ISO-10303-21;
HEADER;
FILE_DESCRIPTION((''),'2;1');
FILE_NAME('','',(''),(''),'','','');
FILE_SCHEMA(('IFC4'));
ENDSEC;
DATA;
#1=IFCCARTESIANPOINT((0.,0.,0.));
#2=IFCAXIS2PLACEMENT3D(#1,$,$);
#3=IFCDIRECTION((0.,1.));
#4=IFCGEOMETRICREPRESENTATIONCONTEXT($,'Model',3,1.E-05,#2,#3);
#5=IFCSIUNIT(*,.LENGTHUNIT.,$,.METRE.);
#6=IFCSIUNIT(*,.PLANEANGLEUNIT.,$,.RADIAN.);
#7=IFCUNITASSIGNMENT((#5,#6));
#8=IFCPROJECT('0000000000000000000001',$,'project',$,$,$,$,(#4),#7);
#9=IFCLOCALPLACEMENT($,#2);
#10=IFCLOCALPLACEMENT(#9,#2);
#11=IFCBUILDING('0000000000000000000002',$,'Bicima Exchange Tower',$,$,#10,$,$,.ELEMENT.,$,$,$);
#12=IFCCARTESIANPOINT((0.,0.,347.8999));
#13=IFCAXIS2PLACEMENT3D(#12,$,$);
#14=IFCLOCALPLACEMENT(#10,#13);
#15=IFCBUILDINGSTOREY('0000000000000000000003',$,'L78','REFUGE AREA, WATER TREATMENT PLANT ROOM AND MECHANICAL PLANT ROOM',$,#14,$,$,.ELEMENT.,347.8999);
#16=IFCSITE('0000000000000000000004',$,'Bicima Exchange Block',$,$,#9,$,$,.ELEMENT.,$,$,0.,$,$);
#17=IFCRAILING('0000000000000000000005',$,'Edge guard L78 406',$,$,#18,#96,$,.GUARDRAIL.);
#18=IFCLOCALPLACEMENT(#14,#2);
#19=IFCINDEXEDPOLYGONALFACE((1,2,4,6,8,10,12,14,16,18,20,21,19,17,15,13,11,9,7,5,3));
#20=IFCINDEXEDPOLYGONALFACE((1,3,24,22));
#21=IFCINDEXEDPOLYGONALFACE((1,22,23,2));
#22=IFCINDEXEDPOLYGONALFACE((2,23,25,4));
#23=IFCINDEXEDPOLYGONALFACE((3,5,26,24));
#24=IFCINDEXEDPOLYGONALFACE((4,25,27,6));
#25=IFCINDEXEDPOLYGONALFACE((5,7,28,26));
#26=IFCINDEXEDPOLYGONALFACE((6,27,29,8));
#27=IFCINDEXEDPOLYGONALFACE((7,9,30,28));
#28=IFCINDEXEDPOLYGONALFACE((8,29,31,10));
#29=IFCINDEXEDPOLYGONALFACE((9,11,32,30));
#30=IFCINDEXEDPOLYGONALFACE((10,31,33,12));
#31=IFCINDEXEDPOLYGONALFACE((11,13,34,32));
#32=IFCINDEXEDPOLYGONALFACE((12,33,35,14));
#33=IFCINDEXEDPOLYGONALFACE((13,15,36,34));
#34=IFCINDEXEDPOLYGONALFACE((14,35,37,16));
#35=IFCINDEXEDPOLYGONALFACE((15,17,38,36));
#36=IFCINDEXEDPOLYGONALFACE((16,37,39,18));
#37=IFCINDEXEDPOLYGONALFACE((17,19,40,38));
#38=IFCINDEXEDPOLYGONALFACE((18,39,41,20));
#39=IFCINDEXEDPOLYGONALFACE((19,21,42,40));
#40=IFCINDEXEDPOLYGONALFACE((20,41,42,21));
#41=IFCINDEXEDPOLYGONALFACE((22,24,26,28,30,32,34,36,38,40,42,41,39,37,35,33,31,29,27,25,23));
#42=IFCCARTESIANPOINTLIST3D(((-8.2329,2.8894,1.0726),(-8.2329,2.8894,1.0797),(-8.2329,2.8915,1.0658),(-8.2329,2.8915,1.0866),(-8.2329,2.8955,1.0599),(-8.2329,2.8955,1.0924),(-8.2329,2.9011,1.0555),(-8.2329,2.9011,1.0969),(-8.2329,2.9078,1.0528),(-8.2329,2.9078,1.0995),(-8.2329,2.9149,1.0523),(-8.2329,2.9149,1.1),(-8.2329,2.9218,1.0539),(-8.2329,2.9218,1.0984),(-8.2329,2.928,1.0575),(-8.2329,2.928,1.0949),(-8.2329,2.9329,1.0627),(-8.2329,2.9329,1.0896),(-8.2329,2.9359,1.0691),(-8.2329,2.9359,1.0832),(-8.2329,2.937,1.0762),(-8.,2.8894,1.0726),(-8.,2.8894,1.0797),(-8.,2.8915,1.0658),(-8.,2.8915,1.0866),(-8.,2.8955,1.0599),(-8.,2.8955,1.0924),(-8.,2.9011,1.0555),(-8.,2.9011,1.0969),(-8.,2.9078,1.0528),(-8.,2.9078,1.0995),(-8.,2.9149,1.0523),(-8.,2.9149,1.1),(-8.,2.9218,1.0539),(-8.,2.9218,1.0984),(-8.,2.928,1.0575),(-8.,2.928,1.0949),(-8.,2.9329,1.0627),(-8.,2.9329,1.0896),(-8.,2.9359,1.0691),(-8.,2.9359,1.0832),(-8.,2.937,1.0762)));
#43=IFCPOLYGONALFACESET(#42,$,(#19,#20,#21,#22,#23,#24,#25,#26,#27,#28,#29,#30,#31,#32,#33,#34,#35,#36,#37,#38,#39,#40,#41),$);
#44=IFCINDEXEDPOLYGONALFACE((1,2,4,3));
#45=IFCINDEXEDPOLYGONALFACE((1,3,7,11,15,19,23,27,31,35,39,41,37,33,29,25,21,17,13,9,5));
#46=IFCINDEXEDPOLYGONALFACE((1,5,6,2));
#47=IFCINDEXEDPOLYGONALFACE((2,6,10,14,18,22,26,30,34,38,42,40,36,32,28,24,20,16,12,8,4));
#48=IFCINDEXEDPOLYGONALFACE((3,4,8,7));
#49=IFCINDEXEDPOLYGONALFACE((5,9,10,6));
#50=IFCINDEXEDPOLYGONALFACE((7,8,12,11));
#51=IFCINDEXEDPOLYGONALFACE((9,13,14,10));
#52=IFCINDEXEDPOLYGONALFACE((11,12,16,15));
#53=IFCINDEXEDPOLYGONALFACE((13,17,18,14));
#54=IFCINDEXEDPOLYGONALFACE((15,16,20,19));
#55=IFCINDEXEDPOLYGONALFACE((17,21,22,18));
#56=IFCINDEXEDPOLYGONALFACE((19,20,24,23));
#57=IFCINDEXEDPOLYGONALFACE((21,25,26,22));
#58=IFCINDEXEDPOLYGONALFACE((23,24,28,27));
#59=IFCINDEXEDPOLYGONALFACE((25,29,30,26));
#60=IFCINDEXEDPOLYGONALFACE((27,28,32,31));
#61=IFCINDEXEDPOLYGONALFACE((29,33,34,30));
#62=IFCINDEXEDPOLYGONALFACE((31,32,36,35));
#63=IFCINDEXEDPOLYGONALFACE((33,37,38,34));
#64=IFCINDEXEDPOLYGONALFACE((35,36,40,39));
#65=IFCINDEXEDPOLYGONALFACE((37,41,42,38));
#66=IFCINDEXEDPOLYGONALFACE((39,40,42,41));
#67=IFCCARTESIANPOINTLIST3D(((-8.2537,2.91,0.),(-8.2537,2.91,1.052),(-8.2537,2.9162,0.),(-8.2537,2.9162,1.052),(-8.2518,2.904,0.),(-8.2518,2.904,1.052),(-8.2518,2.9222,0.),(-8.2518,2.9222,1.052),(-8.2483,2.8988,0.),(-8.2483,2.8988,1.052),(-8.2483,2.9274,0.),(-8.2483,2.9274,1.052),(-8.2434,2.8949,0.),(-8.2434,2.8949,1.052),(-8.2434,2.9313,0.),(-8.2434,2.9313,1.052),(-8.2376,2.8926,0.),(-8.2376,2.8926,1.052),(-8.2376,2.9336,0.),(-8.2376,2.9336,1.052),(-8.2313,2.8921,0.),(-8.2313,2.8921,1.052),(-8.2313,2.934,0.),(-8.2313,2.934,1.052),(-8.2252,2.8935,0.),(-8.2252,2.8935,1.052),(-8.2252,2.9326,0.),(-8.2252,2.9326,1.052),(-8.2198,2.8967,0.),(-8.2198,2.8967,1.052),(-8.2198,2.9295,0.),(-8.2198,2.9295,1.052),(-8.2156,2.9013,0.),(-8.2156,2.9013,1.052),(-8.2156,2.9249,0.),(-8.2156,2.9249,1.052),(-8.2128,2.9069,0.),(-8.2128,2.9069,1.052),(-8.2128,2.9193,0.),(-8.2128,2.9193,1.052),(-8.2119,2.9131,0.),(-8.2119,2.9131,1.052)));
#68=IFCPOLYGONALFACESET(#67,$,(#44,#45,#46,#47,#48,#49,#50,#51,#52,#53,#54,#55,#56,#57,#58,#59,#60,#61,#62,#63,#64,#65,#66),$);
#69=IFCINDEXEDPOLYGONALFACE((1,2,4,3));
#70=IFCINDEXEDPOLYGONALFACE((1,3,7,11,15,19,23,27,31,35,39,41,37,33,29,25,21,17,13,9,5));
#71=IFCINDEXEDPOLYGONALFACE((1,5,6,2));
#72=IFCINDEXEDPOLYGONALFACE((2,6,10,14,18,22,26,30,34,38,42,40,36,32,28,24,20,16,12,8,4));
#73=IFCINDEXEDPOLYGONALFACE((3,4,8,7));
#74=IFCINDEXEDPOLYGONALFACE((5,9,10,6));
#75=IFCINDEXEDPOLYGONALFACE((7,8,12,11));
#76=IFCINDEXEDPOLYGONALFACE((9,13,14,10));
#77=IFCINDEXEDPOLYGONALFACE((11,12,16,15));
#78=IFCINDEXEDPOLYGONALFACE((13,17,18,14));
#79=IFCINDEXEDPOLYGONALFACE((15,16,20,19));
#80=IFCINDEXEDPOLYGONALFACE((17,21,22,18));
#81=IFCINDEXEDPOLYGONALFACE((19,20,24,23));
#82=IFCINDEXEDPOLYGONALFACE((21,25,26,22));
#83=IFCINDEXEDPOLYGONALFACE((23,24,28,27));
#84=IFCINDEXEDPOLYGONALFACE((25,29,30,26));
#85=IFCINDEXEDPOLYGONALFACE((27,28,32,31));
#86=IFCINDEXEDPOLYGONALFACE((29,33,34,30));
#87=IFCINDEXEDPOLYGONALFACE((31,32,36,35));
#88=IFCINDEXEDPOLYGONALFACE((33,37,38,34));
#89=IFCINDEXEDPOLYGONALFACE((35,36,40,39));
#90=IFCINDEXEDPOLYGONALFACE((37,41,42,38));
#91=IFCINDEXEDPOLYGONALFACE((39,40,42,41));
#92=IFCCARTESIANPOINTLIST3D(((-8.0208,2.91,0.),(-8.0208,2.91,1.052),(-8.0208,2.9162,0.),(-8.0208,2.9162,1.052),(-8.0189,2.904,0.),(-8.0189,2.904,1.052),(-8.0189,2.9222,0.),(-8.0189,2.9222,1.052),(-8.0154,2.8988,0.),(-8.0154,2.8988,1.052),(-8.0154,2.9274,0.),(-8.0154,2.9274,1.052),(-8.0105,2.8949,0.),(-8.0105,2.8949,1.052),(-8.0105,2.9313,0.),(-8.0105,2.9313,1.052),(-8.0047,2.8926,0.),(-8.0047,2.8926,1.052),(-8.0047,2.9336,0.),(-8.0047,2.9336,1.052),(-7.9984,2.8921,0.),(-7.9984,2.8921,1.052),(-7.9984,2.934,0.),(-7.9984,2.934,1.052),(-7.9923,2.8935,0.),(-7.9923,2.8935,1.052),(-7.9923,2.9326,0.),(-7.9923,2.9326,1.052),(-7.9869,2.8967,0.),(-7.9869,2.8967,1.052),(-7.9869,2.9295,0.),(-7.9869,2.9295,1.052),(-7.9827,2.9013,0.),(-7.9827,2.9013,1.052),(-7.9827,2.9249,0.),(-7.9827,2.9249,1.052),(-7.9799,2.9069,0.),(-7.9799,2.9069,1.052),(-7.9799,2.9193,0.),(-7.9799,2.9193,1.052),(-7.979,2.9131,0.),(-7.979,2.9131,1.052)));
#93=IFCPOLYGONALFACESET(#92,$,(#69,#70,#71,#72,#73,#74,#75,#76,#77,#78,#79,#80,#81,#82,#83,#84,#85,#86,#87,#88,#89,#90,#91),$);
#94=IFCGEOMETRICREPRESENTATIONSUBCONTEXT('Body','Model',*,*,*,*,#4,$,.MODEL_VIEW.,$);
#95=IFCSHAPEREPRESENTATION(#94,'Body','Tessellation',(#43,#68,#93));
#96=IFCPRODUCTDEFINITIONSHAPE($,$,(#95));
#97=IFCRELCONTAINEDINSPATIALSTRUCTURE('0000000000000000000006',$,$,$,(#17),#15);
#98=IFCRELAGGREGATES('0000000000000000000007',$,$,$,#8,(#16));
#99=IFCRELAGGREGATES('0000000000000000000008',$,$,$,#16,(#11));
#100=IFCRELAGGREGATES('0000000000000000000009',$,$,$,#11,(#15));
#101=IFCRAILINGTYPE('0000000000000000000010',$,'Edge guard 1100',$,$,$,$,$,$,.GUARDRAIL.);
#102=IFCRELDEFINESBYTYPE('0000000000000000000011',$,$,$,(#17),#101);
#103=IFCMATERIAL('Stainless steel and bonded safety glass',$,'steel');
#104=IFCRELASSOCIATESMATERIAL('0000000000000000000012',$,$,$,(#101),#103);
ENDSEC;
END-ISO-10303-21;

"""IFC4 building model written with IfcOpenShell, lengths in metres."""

from ifc_helpers import new_model, si_unit, direction, frame, origin, origin_2d, place, context, subcontext, project, spatial, circle, extrude, material, type_object, element, save


model = new_model("IFC4")

# Units and contexts
model_context = context("Model", 3, precision=1e-05, world=origin(), true_north=direction((0.0, 1.0)))
body_context = subcontext(model_context, "Body", "Model", "MODEL_VIEW")
ifc_project = project(units=[si_unit("LENGTHUNIT", "METRE"), si_unit("PLANEANGLEUNIT", "RADIAN")], contexts=[model_context])

# Site, building, storey
site_placement = place(None, origin())
site = spatial("IfcSite", under=ifc_project, at=site_placement, Name="Bicima Exchange Block", CompositionType="ELEMENT", RefElevation=0.0)
building_placement = place(site_placement, origin())
building = spatial("IfcBuilding", under=site, at=building_placement, Name="Bicima Exchange Tower", CompositionType="ELEMENT")
storey_placement = place(building_placement, frame((0.0, 0.0, 347.8999)))
storey = spatial("IfcBuildingStorey", under=building, at=storey_placement, Name="L78", Description="REFUGE AREA, WATER TREATMENT PLANT ROOM AND MECHANICAL PLANT ROOM", CompositionType="ELEMENT", Elevation=347.8999)

# Railing
ifc_material_1 = material(Name="Stainless steel and bonded safety glass", Category="steel")
railing_type_1 = type_object("IfcRailingType", Name="Edge guard 1100", PredefinedType="GUARDRAIL", material=ifc_material_1)
railing_1_placement = place(storey_placement, frame((-8.2329, 2.9131, 0.0)))
element("IfcRailing", 1, at=railing_1_placement, inside=storey, type_object=railing_type_1, Name="Edge guard L78 406", PredefinedType="GUARDRAIL", context=body_context, shape_type="SweptSolid", body=[
    extrude(circle(Radius=0.0239, at=origin_2d()), frame((0.0, 0.0, 1.0762), z_axis=(1.0, 0.0, 0.0), x_axis=(0.0, 1.0, 0.0)), (0.0, 0.0, 1.0), 0.2329),
    extrude(circle(Radius=0.021, at=origin_2d()), origin(), (0.0, 0.0, 1.0), 1.052),
    extrude(circle(Radius=0.021, at=origin_2d()), frame((0.2329, 0.0, 0.0)), (0.0, 0.0, 1.0), 1.052),
])

save(model, "model.ifc")
